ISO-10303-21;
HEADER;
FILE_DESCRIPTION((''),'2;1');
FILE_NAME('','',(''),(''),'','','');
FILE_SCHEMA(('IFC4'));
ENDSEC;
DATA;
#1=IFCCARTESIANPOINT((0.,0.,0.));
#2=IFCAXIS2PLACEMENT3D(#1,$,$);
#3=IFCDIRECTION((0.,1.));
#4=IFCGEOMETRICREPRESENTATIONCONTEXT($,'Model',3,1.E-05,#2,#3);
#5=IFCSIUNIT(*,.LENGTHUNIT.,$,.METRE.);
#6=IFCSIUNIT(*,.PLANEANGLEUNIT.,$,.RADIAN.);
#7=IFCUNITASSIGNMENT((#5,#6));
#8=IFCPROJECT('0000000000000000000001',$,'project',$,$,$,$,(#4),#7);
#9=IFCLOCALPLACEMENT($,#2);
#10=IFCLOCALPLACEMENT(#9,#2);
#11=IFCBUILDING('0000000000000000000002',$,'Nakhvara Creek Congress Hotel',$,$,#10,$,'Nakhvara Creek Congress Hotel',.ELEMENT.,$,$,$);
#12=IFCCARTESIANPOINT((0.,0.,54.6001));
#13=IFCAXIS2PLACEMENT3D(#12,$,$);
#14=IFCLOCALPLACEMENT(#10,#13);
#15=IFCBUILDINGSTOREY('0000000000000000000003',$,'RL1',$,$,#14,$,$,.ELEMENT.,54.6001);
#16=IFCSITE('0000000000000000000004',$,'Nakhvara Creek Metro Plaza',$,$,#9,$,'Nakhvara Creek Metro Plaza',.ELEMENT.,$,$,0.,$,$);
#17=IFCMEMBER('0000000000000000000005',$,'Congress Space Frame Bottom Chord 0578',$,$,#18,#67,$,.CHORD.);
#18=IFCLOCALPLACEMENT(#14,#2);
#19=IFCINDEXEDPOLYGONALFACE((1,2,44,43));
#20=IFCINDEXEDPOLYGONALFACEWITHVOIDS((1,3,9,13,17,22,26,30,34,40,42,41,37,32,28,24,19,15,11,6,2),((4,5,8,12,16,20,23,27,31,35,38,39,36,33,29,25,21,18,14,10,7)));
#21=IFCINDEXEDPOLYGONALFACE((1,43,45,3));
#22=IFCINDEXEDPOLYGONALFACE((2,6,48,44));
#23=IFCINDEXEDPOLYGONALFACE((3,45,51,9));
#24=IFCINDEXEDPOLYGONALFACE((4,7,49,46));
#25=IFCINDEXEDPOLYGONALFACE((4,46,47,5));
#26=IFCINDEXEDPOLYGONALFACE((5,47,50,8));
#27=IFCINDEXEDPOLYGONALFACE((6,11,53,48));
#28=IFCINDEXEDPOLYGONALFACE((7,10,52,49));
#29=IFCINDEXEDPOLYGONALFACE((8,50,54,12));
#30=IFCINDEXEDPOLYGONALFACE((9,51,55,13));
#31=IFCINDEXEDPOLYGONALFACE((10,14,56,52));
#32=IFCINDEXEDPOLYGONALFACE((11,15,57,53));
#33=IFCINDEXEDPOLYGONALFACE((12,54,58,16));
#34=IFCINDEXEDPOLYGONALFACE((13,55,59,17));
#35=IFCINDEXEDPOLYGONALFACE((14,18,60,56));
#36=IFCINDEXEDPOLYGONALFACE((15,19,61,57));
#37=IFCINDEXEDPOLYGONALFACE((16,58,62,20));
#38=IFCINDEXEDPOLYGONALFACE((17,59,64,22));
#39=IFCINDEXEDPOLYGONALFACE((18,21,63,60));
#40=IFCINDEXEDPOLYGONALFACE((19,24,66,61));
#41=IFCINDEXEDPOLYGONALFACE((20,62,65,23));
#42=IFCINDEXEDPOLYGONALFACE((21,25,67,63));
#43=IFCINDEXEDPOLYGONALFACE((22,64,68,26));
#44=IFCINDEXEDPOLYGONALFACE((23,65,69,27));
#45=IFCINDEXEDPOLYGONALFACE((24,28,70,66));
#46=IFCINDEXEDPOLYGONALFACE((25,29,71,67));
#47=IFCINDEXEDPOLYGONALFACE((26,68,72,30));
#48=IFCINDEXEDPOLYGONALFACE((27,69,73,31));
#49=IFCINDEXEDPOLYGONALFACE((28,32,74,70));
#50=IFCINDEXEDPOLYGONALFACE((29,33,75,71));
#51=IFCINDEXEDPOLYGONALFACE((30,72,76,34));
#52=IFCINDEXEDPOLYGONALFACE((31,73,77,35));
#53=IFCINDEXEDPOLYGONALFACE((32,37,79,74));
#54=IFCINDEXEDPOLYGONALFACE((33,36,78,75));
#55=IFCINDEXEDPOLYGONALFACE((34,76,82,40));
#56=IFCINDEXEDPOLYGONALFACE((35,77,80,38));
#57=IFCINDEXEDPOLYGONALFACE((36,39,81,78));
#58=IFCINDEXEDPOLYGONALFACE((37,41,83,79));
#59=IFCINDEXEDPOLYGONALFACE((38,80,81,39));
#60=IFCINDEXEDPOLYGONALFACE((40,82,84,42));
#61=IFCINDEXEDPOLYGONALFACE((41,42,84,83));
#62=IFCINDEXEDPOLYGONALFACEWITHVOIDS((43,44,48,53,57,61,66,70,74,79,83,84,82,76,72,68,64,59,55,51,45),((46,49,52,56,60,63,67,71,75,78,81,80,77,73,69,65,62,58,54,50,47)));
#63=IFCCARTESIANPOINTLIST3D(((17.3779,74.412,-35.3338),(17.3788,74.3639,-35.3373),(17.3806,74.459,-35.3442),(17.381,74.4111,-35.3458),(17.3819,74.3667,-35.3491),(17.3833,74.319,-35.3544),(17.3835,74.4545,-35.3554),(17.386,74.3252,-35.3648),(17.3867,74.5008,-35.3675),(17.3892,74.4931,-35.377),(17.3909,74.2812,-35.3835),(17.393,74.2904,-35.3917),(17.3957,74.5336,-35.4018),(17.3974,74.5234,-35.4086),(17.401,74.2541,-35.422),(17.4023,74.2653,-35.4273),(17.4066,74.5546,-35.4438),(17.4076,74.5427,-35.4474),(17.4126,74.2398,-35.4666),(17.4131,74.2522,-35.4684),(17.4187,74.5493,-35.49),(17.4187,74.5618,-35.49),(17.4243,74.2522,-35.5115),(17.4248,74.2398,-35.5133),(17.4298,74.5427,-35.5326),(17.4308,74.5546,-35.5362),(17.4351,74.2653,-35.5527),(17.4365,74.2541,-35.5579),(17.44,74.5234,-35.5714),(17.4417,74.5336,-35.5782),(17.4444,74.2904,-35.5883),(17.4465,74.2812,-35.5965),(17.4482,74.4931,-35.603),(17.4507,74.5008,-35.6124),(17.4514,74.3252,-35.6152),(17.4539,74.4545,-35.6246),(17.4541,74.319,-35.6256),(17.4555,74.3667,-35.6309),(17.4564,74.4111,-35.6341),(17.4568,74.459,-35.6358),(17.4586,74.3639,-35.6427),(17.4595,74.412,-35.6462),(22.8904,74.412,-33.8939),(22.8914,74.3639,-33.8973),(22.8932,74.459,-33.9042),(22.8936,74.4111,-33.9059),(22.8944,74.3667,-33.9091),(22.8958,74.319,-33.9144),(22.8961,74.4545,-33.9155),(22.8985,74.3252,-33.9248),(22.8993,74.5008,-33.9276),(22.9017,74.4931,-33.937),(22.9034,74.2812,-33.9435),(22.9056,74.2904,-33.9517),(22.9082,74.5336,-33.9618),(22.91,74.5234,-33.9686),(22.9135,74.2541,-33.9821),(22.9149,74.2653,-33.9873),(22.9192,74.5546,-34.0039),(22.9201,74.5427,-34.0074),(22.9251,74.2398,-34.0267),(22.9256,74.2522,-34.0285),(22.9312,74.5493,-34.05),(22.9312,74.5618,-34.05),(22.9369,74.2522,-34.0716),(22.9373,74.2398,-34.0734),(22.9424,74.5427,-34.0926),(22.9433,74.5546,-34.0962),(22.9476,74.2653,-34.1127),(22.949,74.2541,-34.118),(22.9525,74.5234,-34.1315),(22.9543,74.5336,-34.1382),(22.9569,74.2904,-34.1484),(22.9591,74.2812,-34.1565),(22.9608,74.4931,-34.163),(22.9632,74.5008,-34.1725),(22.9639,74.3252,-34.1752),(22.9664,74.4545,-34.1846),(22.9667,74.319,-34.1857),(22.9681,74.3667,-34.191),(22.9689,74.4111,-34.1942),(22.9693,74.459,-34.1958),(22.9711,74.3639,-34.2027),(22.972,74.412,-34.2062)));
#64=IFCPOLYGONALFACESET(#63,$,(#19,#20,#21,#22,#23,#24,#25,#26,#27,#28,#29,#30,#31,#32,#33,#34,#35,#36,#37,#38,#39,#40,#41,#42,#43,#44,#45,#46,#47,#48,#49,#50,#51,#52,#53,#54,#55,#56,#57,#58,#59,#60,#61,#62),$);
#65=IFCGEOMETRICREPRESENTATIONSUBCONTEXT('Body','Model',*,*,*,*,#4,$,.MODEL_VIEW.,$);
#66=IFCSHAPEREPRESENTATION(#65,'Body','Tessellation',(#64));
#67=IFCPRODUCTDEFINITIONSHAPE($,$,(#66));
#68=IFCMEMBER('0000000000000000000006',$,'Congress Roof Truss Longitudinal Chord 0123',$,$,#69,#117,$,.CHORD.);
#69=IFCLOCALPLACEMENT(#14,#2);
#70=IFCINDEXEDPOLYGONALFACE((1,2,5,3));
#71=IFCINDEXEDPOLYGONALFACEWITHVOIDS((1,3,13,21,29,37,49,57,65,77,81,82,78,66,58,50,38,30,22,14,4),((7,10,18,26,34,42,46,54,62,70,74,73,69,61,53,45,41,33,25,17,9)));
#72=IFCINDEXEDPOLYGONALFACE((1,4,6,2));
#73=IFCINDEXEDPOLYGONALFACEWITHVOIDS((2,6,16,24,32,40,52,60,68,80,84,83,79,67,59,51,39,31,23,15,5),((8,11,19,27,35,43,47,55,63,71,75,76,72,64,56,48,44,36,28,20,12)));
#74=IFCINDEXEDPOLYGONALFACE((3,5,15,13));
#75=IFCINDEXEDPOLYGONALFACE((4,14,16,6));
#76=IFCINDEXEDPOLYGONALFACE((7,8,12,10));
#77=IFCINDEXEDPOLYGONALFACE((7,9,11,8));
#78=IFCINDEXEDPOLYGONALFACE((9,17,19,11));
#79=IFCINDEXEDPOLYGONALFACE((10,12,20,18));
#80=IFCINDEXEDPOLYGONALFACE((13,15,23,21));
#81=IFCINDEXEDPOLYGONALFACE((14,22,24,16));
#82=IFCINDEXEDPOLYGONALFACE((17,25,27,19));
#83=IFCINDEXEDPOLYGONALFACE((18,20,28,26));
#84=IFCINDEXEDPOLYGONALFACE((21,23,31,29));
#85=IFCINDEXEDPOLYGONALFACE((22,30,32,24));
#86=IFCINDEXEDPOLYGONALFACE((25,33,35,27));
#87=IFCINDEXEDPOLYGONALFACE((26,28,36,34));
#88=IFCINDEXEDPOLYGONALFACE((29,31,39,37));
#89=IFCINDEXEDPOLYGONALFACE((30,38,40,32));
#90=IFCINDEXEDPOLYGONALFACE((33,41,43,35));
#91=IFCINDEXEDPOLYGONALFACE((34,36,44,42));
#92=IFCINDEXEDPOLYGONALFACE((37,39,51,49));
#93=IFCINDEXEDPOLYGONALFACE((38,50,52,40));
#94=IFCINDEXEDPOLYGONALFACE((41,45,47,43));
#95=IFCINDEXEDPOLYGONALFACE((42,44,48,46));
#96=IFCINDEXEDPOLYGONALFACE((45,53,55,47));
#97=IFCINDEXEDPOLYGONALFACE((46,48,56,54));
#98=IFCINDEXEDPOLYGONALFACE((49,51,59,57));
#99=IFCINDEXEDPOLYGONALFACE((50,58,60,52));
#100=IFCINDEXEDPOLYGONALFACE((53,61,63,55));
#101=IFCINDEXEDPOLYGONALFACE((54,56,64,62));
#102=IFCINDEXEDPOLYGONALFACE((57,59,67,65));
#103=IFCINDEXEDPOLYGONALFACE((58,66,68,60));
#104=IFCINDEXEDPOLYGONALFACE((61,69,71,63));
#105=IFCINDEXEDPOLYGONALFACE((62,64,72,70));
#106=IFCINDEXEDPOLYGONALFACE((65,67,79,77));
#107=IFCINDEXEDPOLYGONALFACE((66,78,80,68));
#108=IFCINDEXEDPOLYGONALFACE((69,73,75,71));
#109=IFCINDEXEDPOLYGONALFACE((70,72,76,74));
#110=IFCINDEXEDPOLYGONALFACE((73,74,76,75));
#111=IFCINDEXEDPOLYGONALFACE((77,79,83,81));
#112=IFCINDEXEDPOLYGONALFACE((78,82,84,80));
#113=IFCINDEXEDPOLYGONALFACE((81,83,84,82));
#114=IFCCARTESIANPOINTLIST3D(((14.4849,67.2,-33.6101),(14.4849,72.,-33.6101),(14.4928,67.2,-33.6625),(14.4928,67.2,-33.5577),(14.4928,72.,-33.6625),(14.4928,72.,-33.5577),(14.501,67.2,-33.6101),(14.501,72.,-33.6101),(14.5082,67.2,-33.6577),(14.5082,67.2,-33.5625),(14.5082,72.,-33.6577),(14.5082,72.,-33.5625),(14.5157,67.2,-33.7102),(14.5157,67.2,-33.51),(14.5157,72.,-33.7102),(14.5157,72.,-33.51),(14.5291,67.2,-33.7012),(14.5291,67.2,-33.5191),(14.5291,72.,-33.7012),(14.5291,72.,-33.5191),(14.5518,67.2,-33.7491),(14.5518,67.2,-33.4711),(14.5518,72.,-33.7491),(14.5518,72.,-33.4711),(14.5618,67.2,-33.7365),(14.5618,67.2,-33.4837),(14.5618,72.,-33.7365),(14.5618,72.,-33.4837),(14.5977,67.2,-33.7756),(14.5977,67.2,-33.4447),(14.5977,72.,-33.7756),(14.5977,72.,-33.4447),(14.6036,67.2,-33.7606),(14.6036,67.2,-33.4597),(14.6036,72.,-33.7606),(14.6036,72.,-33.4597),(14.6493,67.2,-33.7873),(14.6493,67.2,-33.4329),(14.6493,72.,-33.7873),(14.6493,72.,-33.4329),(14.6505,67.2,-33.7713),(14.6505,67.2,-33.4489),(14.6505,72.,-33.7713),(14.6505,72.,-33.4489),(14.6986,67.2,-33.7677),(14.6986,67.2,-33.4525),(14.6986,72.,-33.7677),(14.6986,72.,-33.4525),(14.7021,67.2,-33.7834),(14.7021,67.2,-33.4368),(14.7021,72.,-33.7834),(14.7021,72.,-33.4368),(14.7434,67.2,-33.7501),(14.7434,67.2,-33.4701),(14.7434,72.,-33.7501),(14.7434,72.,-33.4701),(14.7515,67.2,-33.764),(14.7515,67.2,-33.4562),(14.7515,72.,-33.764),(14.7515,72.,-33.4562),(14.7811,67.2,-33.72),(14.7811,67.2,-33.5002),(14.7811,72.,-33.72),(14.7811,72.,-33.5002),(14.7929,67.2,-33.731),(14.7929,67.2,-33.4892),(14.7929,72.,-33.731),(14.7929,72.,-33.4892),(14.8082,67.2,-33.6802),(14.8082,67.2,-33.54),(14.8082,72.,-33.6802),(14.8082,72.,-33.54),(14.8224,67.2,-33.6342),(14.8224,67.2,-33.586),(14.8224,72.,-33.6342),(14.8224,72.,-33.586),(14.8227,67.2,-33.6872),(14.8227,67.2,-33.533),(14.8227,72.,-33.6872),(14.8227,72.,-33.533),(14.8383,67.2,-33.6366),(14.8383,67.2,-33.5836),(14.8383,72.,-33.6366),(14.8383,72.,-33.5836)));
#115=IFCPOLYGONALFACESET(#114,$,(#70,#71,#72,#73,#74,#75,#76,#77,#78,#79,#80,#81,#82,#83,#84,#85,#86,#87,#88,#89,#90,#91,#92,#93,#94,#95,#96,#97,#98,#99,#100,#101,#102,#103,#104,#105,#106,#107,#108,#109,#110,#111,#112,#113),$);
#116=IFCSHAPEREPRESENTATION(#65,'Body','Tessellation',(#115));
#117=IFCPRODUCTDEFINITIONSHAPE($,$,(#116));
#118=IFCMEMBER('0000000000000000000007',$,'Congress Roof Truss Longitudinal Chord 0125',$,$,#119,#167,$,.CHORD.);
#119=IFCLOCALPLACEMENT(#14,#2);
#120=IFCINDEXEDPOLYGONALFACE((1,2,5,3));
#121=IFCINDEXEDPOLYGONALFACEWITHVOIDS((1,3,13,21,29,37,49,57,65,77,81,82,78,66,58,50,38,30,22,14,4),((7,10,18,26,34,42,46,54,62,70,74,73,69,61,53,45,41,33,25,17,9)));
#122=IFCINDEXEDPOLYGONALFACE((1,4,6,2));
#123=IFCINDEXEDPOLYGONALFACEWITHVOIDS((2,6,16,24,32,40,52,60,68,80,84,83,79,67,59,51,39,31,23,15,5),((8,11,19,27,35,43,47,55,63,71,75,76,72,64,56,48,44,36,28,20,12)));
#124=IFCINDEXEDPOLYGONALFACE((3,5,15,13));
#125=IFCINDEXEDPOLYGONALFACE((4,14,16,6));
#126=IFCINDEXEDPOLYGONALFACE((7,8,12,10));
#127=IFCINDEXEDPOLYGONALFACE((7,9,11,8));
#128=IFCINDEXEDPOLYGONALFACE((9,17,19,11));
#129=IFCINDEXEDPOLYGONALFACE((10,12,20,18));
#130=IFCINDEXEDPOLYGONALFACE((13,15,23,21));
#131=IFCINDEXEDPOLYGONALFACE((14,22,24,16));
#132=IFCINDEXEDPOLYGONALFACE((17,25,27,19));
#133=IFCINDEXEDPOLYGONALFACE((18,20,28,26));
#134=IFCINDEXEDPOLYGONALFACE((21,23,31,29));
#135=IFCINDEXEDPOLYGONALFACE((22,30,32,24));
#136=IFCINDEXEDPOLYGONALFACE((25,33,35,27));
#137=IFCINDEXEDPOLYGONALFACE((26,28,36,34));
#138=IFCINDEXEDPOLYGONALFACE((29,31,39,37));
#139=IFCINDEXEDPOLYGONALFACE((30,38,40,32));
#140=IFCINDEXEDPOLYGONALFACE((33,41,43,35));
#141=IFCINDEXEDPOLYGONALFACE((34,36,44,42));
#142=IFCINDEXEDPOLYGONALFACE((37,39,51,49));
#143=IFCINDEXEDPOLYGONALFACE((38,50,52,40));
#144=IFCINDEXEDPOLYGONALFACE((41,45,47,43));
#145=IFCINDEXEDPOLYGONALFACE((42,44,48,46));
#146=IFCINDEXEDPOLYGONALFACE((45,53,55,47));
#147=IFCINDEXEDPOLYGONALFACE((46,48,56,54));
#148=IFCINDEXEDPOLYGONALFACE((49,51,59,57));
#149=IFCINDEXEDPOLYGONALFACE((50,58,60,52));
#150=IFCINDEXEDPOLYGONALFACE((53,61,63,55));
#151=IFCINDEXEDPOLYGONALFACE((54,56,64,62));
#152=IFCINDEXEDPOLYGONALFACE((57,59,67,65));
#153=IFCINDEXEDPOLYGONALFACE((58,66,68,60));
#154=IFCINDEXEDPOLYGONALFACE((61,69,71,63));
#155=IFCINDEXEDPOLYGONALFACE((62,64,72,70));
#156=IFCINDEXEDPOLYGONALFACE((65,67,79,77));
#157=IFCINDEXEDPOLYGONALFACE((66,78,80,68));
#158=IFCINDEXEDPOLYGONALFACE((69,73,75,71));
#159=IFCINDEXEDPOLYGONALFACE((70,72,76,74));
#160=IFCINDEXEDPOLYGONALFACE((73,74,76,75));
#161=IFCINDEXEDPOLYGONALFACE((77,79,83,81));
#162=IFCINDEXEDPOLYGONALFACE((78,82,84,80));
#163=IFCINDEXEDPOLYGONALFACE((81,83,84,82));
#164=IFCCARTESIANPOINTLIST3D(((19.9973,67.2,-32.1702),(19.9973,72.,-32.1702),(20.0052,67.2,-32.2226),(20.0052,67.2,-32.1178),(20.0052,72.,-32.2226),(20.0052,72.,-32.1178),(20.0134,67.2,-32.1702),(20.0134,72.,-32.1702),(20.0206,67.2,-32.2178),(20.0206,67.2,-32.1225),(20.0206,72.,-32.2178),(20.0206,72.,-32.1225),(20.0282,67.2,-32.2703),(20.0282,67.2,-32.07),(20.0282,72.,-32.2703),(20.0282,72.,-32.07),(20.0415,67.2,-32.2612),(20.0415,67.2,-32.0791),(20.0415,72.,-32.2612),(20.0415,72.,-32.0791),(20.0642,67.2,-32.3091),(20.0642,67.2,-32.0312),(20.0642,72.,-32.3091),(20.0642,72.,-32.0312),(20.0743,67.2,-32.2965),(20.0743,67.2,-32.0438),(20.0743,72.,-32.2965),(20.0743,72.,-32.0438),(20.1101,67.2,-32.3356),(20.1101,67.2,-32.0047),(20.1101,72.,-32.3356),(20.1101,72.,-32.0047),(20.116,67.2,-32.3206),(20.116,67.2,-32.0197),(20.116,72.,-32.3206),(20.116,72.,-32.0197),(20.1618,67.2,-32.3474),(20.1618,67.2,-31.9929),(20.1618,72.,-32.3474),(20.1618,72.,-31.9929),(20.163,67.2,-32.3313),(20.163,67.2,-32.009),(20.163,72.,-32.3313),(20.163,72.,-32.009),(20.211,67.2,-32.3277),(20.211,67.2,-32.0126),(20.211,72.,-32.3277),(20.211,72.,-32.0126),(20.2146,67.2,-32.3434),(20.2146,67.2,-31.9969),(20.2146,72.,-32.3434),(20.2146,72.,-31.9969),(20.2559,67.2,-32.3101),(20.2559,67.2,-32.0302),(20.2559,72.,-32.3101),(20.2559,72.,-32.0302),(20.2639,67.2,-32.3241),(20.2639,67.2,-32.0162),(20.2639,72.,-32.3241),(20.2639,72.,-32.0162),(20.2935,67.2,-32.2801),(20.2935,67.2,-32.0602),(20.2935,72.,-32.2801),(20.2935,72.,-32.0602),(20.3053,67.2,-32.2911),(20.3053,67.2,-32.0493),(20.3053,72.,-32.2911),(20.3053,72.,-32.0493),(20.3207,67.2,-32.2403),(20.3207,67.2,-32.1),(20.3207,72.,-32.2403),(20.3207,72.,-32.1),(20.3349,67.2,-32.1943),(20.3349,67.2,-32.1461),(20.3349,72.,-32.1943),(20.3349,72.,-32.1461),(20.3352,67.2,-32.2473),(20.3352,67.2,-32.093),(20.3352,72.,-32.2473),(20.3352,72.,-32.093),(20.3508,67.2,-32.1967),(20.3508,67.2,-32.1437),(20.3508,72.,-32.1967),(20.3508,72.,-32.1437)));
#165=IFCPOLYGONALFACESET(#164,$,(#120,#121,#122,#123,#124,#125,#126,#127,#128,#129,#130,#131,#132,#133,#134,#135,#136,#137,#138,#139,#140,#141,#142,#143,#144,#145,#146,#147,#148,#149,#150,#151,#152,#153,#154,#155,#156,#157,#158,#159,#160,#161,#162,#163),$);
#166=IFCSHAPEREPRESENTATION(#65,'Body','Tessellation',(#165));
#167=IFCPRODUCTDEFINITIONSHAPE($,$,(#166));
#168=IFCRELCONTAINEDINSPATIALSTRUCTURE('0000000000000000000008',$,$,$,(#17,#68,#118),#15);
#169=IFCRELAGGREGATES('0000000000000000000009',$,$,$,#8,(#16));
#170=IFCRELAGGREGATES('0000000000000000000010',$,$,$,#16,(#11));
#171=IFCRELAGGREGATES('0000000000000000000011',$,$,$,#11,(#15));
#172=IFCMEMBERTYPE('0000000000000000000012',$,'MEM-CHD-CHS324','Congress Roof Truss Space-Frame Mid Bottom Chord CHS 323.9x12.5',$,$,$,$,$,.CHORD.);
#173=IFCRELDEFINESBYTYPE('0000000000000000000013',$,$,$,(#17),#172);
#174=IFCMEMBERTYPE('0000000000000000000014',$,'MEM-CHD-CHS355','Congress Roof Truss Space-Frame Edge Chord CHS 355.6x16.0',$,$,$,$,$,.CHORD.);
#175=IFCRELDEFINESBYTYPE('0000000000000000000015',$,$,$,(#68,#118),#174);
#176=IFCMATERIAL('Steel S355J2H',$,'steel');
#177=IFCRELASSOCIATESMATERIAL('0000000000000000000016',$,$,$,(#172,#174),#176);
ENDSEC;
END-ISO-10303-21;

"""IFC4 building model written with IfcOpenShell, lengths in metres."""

from ifc_helpers import new_model, si_unit, direction, frame, origin, origin_2d, place, context, subcontext, project, spatial, hollow_circle, extrude, material, material_profile, profile_set, type_object, element, save


model = new_model("IFC4")

# Units and contexts
model_context = context("Model", 3, precision=1e-05, world=origin(), true_north=direction((0.0, 1.0)))
body_context = subcontext(model_context, "Body", "Model", "MODEL_VIEW")
ifc_project = project(units=[si_unit("LENGTHUNIT", "METRE"), si_unit("PLANEANGLEUNIT", "RADIAN")], contexts=[model_context])

# Site, building, storey
site_placement = place(None, origin())
site = spatial("IfcSite", under=ifc_project, at=site_placement, Name="Nakhvara Creek Metro Plaza", LongName="Nakhvara Creek Metro Plaza", CompositionType="ELEMENT", RefElevation=0.0)
building_placement = place(site_placement, origin())
building = spatial("IfcBuilding", under=site, at=building_placement, Name="Nakhvara Creek Congress Hotel", LongName="Nakhvara Creek Congress Hotel", CompositionType="ELEMENT")
storey_placement = place(building_placement, frame((0.0, 0.0, 54.6001)))
storey = spatial("IfcBuildingStorey", under=building, at=storey_placement, Name="RL1", CompositionType="ELEMENT", Elevation=54.6001)

# Members
ifc_material_1 = material(Name="Steel S355J2H", Category="steel")
ifc_material_profile_1 = material_profile(ifc_material_1, hollow_circle(Radius=0.1619, WallThickness=0.0125, at=origin_2d()), Name="CHS 323.9x12.5", Category="LoadBearing")
ifc_profile_set_1 = profile_set([ifc_material_profile_1], Name="Steel S355J2H")
member_type_1 = type_object("IfcMemberType", Name="MEM-CHD-CHS324", Description="Congress Roof Truss Space-Frame Mid Bottom Chord CHS 323.9x12.5", PredefinedType="CHORD", material=ifc_profile_set_1)
for number, where, z_axis, x_axis, name in (
    (1, (17.4187, 74.3999, -35.49), (0.967535, 0.0, 0.252736), (0.0, 1.0, 0.0), "Congress Space Frame Bottom Chord 0578"),
):
    element("IfcMember", number, at=place(storey_placement, frame(where, z_axis=z_axis, x_axis=x_axis)), inside=storey, type_object=member_type_1, Name=name, PredefinedType="CHORD", context=body_context, shape_type="SweptSolid", body=[
        extrude(hollow_circle(Radius=0.1619, WallThickness=0.0125, at=origin_2d()), origin(), (0.0, 0.0, 1.0), 5.6975),
    ])
ifc_material_profile_2 = material_profile(ifc_material_1, hollow_circle(Radius=0.1777, WallThickness=0.0161, at=origin_2d()), Name="CHS 355.6x16.0", Category="LoadBearing")
ifc_profile_set_2 = profile_set([ifc_material_profile_2], Name="Steel S355J2H")
member_type_2 = type_object("IfcMemberType", Name="MEM-CHD-CHS355", Description="Congress Roof Truss Space-Frame Edge Chord CHS 355.6x16.0", PredefinedType="CHORD", material=ifc_profile_set_2)
for number, where, z_axis, x_axis, name in (
    (2, (14.6626, 67.2, -33.6101), (0.0, 1.0, 0.0), (-1.0, 0.0, 0.0), "Congress Roof Truss Longitudinal Chord 0123"),
    (3, (20.175, 67.2, -32.1702), (0.0, 1.0, 0.0), (-1.0, 0.0, 0.0), "Congress Roof Truss Longitudinal Chord 0125"),
):
    element("IfcMember", number, at=place(storey_placement, frame(where, z_axis=z_axis, x_axis=x_axis)), inside=storey, type_object=member_type_2, Name=name, PredefinedType="CHORD", context=body_context, shape_type="SweptSolid", body=[
        extrude(hollow_circle(Radius=0.1777, WallThickness=0.0161, at=origin_2d()), origin(), (0.0, 0.0, 1.0), 4.8),
    ])

save(model, "model.ifc")
